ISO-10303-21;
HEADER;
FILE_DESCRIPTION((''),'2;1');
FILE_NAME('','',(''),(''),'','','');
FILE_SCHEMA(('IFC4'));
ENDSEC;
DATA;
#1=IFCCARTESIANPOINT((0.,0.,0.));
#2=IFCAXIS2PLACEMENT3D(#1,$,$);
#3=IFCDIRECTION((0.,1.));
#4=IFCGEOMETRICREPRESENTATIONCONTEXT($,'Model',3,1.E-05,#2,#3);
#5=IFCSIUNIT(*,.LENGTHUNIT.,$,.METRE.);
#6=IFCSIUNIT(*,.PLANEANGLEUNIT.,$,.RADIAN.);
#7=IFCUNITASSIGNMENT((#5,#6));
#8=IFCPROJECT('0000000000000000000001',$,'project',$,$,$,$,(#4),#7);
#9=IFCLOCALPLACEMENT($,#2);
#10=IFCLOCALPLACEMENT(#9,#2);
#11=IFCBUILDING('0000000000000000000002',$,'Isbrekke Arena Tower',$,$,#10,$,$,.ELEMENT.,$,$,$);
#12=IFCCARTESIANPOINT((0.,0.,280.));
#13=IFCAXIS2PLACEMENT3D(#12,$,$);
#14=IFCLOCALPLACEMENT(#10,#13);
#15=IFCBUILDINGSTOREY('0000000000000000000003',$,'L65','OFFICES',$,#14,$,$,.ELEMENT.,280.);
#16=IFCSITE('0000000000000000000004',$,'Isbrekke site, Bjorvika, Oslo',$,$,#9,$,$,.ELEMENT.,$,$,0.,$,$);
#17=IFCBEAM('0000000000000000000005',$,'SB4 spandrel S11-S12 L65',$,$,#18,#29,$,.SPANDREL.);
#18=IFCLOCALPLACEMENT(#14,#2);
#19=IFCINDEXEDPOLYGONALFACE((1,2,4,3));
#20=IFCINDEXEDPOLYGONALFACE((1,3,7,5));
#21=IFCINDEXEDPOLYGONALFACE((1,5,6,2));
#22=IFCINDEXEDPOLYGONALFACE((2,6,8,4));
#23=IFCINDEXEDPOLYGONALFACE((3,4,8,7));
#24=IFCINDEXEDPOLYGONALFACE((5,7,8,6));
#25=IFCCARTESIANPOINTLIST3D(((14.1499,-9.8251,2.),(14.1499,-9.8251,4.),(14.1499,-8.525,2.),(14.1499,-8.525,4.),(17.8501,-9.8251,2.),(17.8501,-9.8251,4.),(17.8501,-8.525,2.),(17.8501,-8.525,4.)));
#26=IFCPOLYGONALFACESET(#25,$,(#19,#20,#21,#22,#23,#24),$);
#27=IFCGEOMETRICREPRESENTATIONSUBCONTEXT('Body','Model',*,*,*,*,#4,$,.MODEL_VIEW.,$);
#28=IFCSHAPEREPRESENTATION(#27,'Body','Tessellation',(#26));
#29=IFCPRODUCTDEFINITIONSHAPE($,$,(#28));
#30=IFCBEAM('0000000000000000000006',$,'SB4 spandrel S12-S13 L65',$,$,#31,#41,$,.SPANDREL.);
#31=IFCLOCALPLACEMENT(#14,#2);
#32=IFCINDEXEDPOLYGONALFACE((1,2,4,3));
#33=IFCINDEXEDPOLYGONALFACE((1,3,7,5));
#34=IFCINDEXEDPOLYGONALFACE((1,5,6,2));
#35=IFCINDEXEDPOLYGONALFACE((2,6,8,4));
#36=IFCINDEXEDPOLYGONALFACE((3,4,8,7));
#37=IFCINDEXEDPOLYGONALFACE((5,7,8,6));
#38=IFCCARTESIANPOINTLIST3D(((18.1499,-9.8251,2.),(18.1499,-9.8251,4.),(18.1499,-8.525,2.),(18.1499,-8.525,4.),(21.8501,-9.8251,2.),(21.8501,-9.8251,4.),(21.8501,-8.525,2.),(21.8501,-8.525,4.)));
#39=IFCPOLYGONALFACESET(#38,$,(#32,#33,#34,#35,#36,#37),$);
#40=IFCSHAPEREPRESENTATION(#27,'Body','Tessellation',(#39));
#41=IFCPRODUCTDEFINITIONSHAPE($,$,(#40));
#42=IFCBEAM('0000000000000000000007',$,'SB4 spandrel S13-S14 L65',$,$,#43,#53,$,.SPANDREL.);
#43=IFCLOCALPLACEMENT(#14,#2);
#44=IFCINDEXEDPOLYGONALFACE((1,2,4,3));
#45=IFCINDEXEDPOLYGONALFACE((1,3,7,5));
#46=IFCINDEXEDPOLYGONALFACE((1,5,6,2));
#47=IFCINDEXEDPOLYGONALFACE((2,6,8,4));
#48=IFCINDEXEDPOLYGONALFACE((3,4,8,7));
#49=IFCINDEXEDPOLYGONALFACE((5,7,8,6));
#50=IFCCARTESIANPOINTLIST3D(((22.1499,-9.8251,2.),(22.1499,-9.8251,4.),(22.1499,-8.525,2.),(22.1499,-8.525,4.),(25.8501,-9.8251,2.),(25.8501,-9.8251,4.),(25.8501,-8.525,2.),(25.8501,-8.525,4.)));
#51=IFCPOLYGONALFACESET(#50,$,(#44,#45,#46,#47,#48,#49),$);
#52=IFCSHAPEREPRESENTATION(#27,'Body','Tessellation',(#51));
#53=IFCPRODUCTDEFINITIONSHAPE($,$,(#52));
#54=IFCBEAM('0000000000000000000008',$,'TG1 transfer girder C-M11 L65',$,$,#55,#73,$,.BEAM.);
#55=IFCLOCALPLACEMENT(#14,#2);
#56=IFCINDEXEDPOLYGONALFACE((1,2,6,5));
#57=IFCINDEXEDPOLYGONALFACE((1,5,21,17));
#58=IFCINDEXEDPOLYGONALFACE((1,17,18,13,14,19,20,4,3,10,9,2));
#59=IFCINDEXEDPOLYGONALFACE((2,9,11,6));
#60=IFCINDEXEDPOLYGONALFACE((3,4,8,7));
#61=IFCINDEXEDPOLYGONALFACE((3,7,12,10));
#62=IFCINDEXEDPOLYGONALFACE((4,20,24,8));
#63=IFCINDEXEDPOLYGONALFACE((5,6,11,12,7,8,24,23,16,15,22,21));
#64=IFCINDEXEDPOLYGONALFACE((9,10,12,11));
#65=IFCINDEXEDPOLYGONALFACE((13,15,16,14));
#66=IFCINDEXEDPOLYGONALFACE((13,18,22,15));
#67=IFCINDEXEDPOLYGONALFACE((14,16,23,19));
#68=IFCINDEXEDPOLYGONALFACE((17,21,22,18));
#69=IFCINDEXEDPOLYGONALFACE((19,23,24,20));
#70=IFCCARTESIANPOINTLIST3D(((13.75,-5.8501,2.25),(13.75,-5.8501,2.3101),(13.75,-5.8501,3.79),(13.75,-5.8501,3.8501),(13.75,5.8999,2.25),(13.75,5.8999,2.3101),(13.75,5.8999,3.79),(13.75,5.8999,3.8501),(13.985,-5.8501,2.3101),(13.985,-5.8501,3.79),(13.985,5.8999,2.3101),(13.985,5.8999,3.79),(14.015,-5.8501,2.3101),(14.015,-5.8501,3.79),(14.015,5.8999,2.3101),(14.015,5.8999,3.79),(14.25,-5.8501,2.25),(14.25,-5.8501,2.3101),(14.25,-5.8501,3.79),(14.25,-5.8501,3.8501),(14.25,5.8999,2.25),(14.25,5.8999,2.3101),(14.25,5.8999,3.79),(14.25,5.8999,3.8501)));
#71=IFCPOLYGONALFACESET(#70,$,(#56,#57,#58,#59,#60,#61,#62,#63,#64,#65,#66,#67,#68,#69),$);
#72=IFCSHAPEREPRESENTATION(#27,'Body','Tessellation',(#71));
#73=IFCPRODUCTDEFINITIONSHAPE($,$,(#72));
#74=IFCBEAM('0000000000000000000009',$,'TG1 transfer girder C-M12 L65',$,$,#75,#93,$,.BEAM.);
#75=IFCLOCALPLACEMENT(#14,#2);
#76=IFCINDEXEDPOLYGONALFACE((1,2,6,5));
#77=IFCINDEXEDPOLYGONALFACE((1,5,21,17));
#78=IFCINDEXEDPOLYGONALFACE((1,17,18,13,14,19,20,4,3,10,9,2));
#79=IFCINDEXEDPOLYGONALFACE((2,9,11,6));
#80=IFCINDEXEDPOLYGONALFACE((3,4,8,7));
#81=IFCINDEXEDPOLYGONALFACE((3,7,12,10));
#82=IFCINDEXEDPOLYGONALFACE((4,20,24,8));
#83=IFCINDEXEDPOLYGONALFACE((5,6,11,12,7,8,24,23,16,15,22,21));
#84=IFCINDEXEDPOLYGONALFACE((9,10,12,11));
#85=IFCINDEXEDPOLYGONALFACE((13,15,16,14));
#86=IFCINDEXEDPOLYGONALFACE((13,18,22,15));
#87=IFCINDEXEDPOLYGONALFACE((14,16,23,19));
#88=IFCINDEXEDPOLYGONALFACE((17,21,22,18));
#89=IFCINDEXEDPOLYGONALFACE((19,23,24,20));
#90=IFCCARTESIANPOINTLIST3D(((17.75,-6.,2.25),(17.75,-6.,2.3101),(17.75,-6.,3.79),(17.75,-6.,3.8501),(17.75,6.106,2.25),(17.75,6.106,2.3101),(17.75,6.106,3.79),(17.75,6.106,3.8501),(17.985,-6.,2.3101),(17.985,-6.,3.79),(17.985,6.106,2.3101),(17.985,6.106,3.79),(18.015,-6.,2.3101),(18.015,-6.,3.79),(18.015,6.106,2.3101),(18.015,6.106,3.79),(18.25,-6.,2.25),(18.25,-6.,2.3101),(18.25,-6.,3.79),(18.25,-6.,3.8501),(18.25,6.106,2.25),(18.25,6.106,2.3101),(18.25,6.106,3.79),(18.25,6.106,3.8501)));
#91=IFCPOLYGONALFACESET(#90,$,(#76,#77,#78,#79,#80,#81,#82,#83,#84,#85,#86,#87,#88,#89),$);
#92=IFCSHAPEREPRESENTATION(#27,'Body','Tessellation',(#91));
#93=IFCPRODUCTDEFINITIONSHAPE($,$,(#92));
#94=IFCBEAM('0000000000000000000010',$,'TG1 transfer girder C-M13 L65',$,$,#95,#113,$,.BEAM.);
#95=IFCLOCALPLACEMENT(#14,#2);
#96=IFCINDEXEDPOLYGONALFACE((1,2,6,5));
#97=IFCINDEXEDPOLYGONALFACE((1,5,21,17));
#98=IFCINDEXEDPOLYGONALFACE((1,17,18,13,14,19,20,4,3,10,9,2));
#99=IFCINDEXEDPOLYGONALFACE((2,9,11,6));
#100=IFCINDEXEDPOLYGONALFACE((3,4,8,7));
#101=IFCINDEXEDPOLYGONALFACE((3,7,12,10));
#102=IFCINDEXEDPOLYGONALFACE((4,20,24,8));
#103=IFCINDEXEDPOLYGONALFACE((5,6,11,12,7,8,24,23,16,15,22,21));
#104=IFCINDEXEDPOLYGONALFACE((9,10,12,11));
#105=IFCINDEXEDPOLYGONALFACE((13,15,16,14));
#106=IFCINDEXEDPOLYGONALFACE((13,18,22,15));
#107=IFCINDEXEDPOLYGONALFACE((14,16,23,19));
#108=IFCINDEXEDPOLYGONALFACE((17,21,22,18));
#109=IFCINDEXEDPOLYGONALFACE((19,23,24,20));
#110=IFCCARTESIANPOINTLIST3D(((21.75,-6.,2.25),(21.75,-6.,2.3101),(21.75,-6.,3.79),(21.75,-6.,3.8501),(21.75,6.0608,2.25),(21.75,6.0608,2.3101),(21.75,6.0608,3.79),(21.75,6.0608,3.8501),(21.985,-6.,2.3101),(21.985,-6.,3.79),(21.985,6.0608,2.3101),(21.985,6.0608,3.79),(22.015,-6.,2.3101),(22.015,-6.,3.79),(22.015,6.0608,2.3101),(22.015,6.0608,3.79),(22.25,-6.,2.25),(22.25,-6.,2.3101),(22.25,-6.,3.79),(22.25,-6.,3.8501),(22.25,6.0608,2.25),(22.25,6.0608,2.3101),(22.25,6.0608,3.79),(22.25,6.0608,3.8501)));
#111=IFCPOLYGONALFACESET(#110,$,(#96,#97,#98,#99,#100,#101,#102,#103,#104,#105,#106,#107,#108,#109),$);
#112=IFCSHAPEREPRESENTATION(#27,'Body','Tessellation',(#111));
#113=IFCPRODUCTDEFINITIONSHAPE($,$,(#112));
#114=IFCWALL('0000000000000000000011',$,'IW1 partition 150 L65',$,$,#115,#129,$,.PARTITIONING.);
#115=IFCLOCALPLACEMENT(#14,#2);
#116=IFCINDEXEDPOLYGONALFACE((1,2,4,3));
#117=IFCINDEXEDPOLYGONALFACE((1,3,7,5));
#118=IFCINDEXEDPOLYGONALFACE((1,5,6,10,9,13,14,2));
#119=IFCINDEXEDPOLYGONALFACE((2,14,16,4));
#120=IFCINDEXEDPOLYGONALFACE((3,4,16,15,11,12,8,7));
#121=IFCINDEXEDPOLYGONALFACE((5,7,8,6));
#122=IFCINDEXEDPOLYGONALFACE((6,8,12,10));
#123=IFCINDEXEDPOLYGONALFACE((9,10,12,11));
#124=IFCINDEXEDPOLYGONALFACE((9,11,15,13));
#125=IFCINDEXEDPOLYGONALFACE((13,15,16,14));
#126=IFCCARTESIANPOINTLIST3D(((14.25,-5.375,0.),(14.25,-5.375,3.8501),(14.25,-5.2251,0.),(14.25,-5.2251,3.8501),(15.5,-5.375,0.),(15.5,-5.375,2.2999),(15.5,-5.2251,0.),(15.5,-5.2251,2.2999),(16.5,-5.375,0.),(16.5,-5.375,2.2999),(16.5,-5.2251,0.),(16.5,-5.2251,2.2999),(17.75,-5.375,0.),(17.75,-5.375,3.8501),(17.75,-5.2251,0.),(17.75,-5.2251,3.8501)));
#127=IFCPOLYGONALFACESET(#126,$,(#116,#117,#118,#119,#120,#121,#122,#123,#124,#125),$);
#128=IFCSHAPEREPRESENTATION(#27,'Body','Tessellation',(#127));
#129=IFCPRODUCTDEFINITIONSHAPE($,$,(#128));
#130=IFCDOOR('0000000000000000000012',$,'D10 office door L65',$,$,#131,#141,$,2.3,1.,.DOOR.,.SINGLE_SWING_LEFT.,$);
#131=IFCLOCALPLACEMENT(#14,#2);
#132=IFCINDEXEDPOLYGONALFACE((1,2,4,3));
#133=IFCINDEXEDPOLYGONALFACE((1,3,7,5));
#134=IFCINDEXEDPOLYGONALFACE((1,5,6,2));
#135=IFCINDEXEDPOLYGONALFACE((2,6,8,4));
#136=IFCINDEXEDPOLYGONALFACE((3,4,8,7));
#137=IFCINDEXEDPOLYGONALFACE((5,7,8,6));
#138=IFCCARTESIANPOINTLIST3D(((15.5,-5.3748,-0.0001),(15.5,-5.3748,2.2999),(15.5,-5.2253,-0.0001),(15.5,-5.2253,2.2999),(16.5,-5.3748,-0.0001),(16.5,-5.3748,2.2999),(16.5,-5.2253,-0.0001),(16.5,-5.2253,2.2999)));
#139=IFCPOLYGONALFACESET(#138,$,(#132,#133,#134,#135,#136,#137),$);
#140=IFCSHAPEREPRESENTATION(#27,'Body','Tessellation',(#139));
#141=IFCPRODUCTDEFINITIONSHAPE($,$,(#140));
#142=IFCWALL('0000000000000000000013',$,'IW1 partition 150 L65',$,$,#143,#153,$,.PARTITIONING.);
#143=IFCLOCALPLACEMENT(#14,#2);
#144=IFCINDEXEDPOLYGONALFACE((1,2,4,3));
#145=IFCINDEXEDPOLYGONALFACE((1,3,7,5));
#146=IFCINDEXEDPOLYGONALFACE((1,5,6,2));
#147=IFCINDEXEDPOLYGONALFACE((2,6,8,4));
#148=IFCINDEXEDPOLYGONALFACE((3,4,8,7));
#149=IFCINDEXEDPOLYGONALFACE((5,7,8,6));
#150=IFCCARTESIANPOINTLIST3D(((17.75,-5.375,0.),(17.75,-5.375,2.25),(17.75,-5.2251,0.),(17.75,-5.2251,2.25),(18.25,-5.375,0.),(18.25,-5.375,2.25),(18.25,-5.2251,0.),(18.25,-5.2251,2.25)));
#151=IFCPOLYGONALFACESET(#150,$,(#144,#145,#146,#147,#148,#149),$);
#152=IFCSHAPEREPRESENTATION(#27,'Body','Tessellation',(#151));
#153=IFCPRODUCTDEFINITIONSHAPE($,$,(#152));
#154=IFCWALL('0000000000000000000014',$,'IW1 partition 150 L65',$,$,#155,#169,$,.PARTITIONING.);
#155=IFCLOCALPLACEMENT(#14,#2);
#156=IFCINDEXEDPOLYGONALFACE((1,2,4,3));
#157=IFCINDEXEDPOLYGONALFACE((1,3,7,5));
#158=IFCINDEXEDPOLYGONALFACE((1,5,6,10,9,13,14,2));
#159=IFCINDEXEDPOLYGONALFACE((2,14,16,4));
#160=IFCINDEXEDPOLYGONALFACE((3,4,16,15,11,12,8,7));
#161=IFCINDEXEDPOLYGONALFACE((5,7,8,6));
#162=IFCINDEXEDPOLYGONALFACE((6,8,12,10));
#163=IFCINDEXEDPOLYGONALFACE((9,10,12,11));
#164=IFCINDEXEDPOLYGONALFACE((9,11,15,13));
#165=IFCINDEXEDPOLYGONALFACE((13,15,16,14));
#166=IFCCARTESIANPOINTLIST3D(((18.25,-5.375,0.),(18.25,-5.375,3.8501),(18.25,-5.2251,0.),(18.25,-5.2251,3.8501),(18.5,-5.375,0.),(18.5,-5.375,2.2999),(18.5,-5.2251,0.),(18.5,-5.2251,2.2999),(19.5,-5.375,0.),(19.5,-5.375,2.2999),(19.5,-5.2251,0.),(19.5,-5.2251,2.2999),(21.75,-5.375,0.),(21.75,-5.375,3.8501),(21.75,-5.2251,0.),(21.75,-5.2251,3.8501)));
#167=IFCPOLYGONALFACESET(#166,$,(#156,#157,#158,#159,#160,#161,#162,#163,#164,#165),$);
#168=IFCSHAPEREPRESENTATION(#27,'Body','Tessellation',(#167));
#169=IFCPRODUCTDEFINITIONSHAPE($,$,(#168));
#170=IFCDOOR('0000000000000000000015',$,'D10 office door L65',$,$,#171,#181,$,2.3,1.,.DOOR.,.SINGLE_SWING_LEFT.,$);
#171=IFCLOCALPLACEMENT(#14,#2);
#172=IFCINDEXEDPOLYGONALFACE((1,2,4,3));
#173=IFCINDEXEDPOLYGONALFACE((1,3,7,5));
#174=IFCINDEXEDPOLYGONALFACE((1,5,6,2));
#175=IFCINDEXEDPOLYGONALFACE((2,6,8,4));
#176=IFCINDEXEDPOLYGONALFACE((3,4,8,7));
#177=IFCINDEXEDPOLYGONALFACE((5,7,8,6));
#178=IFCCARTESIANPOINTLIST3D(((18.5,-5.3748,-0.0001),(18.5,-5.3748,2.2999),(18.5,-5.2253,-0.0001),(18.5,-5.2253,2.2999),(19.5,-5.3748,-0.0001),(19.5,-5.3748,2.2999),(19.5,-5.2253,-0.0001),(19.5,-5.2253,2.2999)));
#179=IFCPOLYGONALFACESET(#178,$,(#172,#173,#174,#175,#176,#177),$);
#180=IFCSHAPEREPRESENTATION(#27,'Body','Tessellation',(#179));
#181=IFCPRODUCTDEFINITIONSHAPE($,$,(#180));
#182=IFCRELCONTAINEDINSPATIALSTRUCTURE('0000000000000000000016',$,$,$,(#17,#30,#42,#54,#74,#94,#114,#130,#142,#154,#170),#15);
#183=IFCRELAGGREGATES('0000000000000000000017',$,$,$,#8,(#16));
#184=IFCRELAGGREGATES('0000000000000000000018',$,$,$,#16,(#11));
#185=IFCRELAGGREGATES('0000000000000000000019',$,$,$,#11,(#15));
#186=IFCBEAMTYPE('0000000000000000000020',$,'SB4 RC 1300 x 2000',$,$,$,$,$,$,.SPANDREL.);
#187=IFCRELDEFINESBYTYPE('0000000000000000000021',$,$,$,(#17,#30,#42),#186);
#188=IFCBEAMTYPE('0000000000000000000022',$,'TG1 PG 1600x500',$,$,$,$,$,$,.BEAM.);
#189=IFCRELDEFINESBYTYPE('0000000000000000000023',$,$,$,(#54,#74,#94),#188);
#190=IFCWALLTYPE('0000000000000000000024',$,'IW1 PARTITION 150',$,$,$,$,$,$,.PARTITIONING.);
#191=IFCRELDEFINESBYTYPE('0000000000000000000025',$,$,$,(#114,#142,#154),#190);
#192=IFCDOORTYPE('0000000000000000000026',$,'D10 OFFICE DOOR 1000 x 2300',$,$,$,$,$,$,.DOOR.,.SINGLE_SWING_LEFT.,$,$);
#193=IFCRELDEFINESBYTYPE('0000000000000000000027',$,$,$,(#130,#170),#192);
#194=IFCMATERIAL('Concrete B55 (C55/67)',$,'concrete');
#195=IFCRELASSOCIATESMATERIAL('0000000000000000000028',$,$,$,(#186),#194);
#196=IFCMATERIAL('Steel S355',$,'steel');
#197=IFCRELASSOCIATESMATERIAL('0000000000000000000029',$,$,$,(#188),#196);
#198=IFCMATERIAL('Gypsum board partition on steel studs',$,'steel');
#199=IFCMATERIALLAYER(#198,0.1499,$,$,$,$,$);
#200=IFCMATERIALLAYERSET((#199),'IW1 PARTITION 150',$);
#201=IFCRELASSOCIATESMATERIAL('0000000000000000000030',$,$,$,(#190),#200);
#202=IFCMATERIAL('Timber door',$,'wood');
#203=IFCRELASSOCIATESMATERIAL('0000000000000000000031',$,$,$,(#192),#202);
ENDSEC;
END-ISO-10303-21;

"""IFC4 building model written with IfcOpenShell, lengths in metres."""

from ifc_helpers import new_model, si_unit, direction, frame, frame_2d, origin, origin_2d, place, context, subcontext, project, spatial, rectangle, i_section, extrude, material, layer, layer_set, material_profile, profile_set, type_object, element, fill, save


model = new_model("IFC4")

# Units and contexts
model_context = context("Model", 3, precision=1e-05, world=origin(), true_north=direction((0.0, 1.0)))
body_context = subcontext(model_context, "Body", "Model", "MODEL_VIEW")
ifc_project = project(units=[si_unit("LENGTHUNIT", "METRE"), si_unit("PLANEANGLEUNIT", "RADIAN")], contexts=[model_context])

# Site, building, storey
site_placement = place(None, origin())
site = spatial("IfcSite", under=ifc_project, at=site_placement, Name="Isbrekke site, Bjorvika, Oslo", CompositionType="ELEMENT", RefElevation=0.0)
building_placement = place(site_placement, origin())
building = spatial("IfcBuilding", under=site, at=building_placement, Name="Isbrekke Arena Tower", CompositionType="ELEMENT")
storey_placement = place(building_placement, frame((0.0, 0.0, 280.0)))
storey = spatial("IfcBuildingStorey", under=building, at=storey_placement, Name="L65", Description="OFFICES", CompositionType="ELEMENT", Elevation=280.0)

# Beams
ifc_material_1 = material(Name="Concrete B55 (C55/67)", Category="concrete")
ifc_material_profile_1 = material_profile(ifc_material_1, rectangle(XDim=1.3, YDim=2.0, at=origin_2d()), Name="RC 1300x2000")
ifc_profile_set_1 = profile_set([ifc_material_profile_1], Name="Concrete B55 (C55/67)")
beam_type_1 = type_object("IfcBeamType", Name="SB4 RC 1300 x 2000", PredefinedType="SPANDREL", material=ifc_profile_set_1)
for number, where, z_axis, x_axis, name in (
    (1, (14.1499, -9.175, 3.0), (1.0, 0.0, 0.0), (0.0, 1.0, 0.0), "SB4 spandrel S11-S12 L65"),
    (2, (18.1499, -9.175, 3.0), (1.0, 0.0, 0.0), (0.0, 1.0, 0.0), "SB4 spandrel S12-S13 L65"),
    (3, (22.1499, -9.175, 3.0), (1.0, 0.0, 0.0), (0.0, 1.0, 0.0), "SB4 spandrel S13-S14 L65"),
):
    element("IfcBeam", number, at=place(storey_placement, frame(where, z_axis=z_axis, x_axis=x_axis)), inside=storey, type_object=beam_type_1, Name=name, PredefinedType="SPANDREL", context=body_context, shape_type="SweptSolid", body=[
        extrude(rectangle(XDim=1.3, YDim=2.0, at=origin_2d()), origin(), (0.0, 0.0, 1.0), 3.7002),
    ])
ifc_material_2 = material(Name="Steel S355", Category="steel")
ifc_material_profile_2 = material_profile(ifc_material_2, i_section(OverallWidth=0.5, OverallDepth=1.6001, WebThickness=0.03, FlangeThickness=0.0601, at=origin_2d()), Name="PG 1600x500")
ifc_profile_set_2 = profile_set([ifc_material_profile_2], Name="Steel S355")
beam_type_2 = type_object("IfcBeamType", Name="TG1 PG 1600x500", PredefinedType="BEAM", material=ifc_profile_set_2)
beam_1_placement = place(storey_placement, frame((14.0, -5.8501, 3.05), z_axis=(0.0, 1.0, 0.0), x_axis=(-1.0, 0.0, 0.0)))
element("IfcBeam", 4, at=beam_1_placement, inside=storey, type_object=beam_type_2, Name="TG1 transfer girder C-M11 L65", PredefinedType="BEAM", context=body_context, shape_type="SweptSolid", body=[
    extrude(i_section(OverallWidth=0.5, OverallDepth=1.6001, WebThickness=0.03, FlangeThickness=0.0601, at=origin_2d()), origin(), (0.0, 0.0, 1.0), 11.75),
])
beam_2_placement = place(storey_placement, frame((18.0, -6.0, 3.05), z_axis=(0.0, 1.0, 0.0), x_axis=(-1.0, 0.0, 0.0)))
element("IfcBeam", 5, at=beam_2_placement, inside=storey, type_object=beam_type_2, Name="TG1 transfer girder C-M12 L65", PredefinedType="BEAM", context=body_context, shape_type="SweptSolid", body=[
    extrude(i_section(OverallWidth=0.5, OverallDepth=1.6001, WebThickness=0.03, FlangeThickness=0.0601, at=origin_2d()), origin(), (0.0, 0.0, 1.0), 12.106),
])
beam_3_placement = place(storey_placement, frame((22.0, -6.0, 3.05), z_axis=(0.0, 1.0, 0.0), x_axis=(-1.0, 0.0, 0.0)))
element("IfcBeam", 6, at=beam_3_placement, inside=storey, type_object=beam_type_2, Name="TG1 transfer girder C-M13 L65", PredefinedType="BEAM", context=body_context, shape_type="SweptSolid", body=[
    extrude(i_section(OverallWidth=0.5, OverallDepth=1.6001, WebThickness=0.03, FlangeThickness=0.0601, at=origin_2d()), origin(), (0.0, 0.0, 1.0), 12.0608),
])

# Wall, opening, door
ifc_material_3 = material(Name="Gypsum board partition on steel studs", Category="steel")
ifc_layer_1 = layer(ifc_material_3, 0.1499)
ifc_layer_set_1 = layer_set([ifc_layer_1], Name="IW1 PARTITION 150")
wall_type_1 = type_object("IfcWallType", Name="IW1 PARTITION 150", PredefinedType="PARTITIONING", material=ifc_layer_set_1)
wall_1_placement = place(storey_placement, frame((14.25, -5.3, 0.0), z_axis=(0.0, 0.0, 1.0), x_axis=(1.0, 0.0, 0.0)))
wall_1 = element("IfcWall", 7, at=wall_1_placement, inside=storey, type_object=wall_type_1, Name="IW1 partition 150 L65", PredefinedType="PARTITIONING", context=body_context, shape_type="SweptSolid", body=[
    extrude(rectangle(XDim=3.5, YDim=0.1499, at=frame_2d((1.75, 0.0))), origin(), (0.0, 0.0, 1.0), 3.8501),
])
opening_1_placement = place(wall_1_placement, frame((1.25, 0.0, 0.0)))
opening_1 = element("IfcOpeningElement", 8, at=opening_1_placement, cuts=wall_1, PredefinedType="OPENING", context=body_context, shape_type="SweptSolid", body=[
    extrude(rectangle(XDim=1.0, YDim=2.3, at=frame_2d((0.5, 1.1499))), frame((0.0, 0.0898, 0.0), z_axis=(0.0, -1.0, 0.0), x_axis=(1.0, 0.0, 0.0)), (0.0, 0.0, 1.0), 0.1797),
])
ifc_material_4 = material(Name="Timber door", Category="wood")
door_type_1 = type_object("IfcDoorType", Name="D10 OFFICE DOOR 1000 x 2300", OperationType="SINGLE_SWING_LEFT", PredefinedType="DOOR", material=ifc_material_4)
door_1_placement = place(opening_1_placement, origin())
door_1 = element("IfcDoor", 9, at=door_1_placement, inside=storey, type_object=door_type_1, Name="D10 office door L65", OperationType="SINGLE_SWING_LEFT", OverallHeight=2.3, OverallWidth=1.0, PredefinedType="DOOR", context=body_context, shape_type="SweptSolid", body=[
    extrude(rectangle(XDim=1.0, YDim=2.3, at=frame_2d((0.5, 1.1499))), frame((0.0, 0.0747, 0.0), z_axis=(0.0, -1.0, 0.0), x_axis=(1.0, 0.0, 0.0)), (0.0, 0.0, 1.0), 0.1494),
])
fill(opening_1, door_1)

# Wall
wall_2_placement = place(storey_placement, frame((17.75, -5.3, 0.0), z_axis=(0.0, 0.0, 1.0), x_axis=(1.0, 0.0, 0.0)))
element("IfcWall", 10, at=wall_2_placement, inside=storey, type_object=wall_type_1, Name="IW1 partition 150 L65", PredefinedType="PARTITIONING", context=body_context, shape_type="SweptSolid", body=[
    extrude(rectangle(XDim=0.5, YDim=0.1499, at=frame_2d((0.25, 0.0))), origin(), (0.0, 0.0, 1.0), 2.25),
])

# Wall, opening, door
wall_3_placement = place(storey_placement, frame((18.25, -5.3, 0.0), z_axis=(0.0, 0.0, 1.0), x_axis=(1.0, 0.0, 0.0)))
wall_3 = element("IfcWall", 11, at=wall_3_placement, inside=storey, type_object=wall_type_1, Name="IW1 partition 150 L65", PredefinedType="PARTITIONING", context=body_context, shape_type="SweptSolid", body=[
    extrude(rectangle(XDim=3.5, YDim=0.1499, at=frame_2d((1.75, 0.0))), origin(), (0.0, 0.0, 1.0), 3.8501),
])
opening_2_placement = place(wall_3_placement, frame((0.25, 0.0, 0.0)))
opening_2 = element("IfcOpeningElement", 12, at=opening_2_placement, cuts=wall_3, PredefinedType="OPENING", context=body_context, shape_type="SweptSolid", body=[
    extrude(rectangle(XDim=1.0, YDim=2.3, at=frame_2d((0.5, 1.1499))), frame((0.0, 0.0898, 0.0), z_axis=(0.0, -1.0, 0.0), x_axis=(1.0, 0.0, 0.0)), (0.0, 0.0, 1.0), 0.1797),
])
door_2_placement = place(opening_2_placement, origin())
door_2 = element("IfcDoor", 13, at=door_2_placement, inside=storey, type_object=door_type_1, Name="D10 office door L65", OperationType="SINGLE_SWING_LEFT", OverallHeight=2.3, OverallWidth=1.0, PredefinedType="DOOR", context=body_context, shape_type="SweptSolid", body=[
    extrude(rectangle(XDim=1.0, YDim=2.3, at=frame_2d((0.5, 1.1499))), frame((0.0, 0.0747, 0.0), z_axis=(0.0, -1.0, 0.0), x_axis=(1.0, 0.0, 0.0)), (0.0, 0.0, 1.0), 0.1494),
])
fill(opening_2, door_2)

save(model, "model.ifc")
